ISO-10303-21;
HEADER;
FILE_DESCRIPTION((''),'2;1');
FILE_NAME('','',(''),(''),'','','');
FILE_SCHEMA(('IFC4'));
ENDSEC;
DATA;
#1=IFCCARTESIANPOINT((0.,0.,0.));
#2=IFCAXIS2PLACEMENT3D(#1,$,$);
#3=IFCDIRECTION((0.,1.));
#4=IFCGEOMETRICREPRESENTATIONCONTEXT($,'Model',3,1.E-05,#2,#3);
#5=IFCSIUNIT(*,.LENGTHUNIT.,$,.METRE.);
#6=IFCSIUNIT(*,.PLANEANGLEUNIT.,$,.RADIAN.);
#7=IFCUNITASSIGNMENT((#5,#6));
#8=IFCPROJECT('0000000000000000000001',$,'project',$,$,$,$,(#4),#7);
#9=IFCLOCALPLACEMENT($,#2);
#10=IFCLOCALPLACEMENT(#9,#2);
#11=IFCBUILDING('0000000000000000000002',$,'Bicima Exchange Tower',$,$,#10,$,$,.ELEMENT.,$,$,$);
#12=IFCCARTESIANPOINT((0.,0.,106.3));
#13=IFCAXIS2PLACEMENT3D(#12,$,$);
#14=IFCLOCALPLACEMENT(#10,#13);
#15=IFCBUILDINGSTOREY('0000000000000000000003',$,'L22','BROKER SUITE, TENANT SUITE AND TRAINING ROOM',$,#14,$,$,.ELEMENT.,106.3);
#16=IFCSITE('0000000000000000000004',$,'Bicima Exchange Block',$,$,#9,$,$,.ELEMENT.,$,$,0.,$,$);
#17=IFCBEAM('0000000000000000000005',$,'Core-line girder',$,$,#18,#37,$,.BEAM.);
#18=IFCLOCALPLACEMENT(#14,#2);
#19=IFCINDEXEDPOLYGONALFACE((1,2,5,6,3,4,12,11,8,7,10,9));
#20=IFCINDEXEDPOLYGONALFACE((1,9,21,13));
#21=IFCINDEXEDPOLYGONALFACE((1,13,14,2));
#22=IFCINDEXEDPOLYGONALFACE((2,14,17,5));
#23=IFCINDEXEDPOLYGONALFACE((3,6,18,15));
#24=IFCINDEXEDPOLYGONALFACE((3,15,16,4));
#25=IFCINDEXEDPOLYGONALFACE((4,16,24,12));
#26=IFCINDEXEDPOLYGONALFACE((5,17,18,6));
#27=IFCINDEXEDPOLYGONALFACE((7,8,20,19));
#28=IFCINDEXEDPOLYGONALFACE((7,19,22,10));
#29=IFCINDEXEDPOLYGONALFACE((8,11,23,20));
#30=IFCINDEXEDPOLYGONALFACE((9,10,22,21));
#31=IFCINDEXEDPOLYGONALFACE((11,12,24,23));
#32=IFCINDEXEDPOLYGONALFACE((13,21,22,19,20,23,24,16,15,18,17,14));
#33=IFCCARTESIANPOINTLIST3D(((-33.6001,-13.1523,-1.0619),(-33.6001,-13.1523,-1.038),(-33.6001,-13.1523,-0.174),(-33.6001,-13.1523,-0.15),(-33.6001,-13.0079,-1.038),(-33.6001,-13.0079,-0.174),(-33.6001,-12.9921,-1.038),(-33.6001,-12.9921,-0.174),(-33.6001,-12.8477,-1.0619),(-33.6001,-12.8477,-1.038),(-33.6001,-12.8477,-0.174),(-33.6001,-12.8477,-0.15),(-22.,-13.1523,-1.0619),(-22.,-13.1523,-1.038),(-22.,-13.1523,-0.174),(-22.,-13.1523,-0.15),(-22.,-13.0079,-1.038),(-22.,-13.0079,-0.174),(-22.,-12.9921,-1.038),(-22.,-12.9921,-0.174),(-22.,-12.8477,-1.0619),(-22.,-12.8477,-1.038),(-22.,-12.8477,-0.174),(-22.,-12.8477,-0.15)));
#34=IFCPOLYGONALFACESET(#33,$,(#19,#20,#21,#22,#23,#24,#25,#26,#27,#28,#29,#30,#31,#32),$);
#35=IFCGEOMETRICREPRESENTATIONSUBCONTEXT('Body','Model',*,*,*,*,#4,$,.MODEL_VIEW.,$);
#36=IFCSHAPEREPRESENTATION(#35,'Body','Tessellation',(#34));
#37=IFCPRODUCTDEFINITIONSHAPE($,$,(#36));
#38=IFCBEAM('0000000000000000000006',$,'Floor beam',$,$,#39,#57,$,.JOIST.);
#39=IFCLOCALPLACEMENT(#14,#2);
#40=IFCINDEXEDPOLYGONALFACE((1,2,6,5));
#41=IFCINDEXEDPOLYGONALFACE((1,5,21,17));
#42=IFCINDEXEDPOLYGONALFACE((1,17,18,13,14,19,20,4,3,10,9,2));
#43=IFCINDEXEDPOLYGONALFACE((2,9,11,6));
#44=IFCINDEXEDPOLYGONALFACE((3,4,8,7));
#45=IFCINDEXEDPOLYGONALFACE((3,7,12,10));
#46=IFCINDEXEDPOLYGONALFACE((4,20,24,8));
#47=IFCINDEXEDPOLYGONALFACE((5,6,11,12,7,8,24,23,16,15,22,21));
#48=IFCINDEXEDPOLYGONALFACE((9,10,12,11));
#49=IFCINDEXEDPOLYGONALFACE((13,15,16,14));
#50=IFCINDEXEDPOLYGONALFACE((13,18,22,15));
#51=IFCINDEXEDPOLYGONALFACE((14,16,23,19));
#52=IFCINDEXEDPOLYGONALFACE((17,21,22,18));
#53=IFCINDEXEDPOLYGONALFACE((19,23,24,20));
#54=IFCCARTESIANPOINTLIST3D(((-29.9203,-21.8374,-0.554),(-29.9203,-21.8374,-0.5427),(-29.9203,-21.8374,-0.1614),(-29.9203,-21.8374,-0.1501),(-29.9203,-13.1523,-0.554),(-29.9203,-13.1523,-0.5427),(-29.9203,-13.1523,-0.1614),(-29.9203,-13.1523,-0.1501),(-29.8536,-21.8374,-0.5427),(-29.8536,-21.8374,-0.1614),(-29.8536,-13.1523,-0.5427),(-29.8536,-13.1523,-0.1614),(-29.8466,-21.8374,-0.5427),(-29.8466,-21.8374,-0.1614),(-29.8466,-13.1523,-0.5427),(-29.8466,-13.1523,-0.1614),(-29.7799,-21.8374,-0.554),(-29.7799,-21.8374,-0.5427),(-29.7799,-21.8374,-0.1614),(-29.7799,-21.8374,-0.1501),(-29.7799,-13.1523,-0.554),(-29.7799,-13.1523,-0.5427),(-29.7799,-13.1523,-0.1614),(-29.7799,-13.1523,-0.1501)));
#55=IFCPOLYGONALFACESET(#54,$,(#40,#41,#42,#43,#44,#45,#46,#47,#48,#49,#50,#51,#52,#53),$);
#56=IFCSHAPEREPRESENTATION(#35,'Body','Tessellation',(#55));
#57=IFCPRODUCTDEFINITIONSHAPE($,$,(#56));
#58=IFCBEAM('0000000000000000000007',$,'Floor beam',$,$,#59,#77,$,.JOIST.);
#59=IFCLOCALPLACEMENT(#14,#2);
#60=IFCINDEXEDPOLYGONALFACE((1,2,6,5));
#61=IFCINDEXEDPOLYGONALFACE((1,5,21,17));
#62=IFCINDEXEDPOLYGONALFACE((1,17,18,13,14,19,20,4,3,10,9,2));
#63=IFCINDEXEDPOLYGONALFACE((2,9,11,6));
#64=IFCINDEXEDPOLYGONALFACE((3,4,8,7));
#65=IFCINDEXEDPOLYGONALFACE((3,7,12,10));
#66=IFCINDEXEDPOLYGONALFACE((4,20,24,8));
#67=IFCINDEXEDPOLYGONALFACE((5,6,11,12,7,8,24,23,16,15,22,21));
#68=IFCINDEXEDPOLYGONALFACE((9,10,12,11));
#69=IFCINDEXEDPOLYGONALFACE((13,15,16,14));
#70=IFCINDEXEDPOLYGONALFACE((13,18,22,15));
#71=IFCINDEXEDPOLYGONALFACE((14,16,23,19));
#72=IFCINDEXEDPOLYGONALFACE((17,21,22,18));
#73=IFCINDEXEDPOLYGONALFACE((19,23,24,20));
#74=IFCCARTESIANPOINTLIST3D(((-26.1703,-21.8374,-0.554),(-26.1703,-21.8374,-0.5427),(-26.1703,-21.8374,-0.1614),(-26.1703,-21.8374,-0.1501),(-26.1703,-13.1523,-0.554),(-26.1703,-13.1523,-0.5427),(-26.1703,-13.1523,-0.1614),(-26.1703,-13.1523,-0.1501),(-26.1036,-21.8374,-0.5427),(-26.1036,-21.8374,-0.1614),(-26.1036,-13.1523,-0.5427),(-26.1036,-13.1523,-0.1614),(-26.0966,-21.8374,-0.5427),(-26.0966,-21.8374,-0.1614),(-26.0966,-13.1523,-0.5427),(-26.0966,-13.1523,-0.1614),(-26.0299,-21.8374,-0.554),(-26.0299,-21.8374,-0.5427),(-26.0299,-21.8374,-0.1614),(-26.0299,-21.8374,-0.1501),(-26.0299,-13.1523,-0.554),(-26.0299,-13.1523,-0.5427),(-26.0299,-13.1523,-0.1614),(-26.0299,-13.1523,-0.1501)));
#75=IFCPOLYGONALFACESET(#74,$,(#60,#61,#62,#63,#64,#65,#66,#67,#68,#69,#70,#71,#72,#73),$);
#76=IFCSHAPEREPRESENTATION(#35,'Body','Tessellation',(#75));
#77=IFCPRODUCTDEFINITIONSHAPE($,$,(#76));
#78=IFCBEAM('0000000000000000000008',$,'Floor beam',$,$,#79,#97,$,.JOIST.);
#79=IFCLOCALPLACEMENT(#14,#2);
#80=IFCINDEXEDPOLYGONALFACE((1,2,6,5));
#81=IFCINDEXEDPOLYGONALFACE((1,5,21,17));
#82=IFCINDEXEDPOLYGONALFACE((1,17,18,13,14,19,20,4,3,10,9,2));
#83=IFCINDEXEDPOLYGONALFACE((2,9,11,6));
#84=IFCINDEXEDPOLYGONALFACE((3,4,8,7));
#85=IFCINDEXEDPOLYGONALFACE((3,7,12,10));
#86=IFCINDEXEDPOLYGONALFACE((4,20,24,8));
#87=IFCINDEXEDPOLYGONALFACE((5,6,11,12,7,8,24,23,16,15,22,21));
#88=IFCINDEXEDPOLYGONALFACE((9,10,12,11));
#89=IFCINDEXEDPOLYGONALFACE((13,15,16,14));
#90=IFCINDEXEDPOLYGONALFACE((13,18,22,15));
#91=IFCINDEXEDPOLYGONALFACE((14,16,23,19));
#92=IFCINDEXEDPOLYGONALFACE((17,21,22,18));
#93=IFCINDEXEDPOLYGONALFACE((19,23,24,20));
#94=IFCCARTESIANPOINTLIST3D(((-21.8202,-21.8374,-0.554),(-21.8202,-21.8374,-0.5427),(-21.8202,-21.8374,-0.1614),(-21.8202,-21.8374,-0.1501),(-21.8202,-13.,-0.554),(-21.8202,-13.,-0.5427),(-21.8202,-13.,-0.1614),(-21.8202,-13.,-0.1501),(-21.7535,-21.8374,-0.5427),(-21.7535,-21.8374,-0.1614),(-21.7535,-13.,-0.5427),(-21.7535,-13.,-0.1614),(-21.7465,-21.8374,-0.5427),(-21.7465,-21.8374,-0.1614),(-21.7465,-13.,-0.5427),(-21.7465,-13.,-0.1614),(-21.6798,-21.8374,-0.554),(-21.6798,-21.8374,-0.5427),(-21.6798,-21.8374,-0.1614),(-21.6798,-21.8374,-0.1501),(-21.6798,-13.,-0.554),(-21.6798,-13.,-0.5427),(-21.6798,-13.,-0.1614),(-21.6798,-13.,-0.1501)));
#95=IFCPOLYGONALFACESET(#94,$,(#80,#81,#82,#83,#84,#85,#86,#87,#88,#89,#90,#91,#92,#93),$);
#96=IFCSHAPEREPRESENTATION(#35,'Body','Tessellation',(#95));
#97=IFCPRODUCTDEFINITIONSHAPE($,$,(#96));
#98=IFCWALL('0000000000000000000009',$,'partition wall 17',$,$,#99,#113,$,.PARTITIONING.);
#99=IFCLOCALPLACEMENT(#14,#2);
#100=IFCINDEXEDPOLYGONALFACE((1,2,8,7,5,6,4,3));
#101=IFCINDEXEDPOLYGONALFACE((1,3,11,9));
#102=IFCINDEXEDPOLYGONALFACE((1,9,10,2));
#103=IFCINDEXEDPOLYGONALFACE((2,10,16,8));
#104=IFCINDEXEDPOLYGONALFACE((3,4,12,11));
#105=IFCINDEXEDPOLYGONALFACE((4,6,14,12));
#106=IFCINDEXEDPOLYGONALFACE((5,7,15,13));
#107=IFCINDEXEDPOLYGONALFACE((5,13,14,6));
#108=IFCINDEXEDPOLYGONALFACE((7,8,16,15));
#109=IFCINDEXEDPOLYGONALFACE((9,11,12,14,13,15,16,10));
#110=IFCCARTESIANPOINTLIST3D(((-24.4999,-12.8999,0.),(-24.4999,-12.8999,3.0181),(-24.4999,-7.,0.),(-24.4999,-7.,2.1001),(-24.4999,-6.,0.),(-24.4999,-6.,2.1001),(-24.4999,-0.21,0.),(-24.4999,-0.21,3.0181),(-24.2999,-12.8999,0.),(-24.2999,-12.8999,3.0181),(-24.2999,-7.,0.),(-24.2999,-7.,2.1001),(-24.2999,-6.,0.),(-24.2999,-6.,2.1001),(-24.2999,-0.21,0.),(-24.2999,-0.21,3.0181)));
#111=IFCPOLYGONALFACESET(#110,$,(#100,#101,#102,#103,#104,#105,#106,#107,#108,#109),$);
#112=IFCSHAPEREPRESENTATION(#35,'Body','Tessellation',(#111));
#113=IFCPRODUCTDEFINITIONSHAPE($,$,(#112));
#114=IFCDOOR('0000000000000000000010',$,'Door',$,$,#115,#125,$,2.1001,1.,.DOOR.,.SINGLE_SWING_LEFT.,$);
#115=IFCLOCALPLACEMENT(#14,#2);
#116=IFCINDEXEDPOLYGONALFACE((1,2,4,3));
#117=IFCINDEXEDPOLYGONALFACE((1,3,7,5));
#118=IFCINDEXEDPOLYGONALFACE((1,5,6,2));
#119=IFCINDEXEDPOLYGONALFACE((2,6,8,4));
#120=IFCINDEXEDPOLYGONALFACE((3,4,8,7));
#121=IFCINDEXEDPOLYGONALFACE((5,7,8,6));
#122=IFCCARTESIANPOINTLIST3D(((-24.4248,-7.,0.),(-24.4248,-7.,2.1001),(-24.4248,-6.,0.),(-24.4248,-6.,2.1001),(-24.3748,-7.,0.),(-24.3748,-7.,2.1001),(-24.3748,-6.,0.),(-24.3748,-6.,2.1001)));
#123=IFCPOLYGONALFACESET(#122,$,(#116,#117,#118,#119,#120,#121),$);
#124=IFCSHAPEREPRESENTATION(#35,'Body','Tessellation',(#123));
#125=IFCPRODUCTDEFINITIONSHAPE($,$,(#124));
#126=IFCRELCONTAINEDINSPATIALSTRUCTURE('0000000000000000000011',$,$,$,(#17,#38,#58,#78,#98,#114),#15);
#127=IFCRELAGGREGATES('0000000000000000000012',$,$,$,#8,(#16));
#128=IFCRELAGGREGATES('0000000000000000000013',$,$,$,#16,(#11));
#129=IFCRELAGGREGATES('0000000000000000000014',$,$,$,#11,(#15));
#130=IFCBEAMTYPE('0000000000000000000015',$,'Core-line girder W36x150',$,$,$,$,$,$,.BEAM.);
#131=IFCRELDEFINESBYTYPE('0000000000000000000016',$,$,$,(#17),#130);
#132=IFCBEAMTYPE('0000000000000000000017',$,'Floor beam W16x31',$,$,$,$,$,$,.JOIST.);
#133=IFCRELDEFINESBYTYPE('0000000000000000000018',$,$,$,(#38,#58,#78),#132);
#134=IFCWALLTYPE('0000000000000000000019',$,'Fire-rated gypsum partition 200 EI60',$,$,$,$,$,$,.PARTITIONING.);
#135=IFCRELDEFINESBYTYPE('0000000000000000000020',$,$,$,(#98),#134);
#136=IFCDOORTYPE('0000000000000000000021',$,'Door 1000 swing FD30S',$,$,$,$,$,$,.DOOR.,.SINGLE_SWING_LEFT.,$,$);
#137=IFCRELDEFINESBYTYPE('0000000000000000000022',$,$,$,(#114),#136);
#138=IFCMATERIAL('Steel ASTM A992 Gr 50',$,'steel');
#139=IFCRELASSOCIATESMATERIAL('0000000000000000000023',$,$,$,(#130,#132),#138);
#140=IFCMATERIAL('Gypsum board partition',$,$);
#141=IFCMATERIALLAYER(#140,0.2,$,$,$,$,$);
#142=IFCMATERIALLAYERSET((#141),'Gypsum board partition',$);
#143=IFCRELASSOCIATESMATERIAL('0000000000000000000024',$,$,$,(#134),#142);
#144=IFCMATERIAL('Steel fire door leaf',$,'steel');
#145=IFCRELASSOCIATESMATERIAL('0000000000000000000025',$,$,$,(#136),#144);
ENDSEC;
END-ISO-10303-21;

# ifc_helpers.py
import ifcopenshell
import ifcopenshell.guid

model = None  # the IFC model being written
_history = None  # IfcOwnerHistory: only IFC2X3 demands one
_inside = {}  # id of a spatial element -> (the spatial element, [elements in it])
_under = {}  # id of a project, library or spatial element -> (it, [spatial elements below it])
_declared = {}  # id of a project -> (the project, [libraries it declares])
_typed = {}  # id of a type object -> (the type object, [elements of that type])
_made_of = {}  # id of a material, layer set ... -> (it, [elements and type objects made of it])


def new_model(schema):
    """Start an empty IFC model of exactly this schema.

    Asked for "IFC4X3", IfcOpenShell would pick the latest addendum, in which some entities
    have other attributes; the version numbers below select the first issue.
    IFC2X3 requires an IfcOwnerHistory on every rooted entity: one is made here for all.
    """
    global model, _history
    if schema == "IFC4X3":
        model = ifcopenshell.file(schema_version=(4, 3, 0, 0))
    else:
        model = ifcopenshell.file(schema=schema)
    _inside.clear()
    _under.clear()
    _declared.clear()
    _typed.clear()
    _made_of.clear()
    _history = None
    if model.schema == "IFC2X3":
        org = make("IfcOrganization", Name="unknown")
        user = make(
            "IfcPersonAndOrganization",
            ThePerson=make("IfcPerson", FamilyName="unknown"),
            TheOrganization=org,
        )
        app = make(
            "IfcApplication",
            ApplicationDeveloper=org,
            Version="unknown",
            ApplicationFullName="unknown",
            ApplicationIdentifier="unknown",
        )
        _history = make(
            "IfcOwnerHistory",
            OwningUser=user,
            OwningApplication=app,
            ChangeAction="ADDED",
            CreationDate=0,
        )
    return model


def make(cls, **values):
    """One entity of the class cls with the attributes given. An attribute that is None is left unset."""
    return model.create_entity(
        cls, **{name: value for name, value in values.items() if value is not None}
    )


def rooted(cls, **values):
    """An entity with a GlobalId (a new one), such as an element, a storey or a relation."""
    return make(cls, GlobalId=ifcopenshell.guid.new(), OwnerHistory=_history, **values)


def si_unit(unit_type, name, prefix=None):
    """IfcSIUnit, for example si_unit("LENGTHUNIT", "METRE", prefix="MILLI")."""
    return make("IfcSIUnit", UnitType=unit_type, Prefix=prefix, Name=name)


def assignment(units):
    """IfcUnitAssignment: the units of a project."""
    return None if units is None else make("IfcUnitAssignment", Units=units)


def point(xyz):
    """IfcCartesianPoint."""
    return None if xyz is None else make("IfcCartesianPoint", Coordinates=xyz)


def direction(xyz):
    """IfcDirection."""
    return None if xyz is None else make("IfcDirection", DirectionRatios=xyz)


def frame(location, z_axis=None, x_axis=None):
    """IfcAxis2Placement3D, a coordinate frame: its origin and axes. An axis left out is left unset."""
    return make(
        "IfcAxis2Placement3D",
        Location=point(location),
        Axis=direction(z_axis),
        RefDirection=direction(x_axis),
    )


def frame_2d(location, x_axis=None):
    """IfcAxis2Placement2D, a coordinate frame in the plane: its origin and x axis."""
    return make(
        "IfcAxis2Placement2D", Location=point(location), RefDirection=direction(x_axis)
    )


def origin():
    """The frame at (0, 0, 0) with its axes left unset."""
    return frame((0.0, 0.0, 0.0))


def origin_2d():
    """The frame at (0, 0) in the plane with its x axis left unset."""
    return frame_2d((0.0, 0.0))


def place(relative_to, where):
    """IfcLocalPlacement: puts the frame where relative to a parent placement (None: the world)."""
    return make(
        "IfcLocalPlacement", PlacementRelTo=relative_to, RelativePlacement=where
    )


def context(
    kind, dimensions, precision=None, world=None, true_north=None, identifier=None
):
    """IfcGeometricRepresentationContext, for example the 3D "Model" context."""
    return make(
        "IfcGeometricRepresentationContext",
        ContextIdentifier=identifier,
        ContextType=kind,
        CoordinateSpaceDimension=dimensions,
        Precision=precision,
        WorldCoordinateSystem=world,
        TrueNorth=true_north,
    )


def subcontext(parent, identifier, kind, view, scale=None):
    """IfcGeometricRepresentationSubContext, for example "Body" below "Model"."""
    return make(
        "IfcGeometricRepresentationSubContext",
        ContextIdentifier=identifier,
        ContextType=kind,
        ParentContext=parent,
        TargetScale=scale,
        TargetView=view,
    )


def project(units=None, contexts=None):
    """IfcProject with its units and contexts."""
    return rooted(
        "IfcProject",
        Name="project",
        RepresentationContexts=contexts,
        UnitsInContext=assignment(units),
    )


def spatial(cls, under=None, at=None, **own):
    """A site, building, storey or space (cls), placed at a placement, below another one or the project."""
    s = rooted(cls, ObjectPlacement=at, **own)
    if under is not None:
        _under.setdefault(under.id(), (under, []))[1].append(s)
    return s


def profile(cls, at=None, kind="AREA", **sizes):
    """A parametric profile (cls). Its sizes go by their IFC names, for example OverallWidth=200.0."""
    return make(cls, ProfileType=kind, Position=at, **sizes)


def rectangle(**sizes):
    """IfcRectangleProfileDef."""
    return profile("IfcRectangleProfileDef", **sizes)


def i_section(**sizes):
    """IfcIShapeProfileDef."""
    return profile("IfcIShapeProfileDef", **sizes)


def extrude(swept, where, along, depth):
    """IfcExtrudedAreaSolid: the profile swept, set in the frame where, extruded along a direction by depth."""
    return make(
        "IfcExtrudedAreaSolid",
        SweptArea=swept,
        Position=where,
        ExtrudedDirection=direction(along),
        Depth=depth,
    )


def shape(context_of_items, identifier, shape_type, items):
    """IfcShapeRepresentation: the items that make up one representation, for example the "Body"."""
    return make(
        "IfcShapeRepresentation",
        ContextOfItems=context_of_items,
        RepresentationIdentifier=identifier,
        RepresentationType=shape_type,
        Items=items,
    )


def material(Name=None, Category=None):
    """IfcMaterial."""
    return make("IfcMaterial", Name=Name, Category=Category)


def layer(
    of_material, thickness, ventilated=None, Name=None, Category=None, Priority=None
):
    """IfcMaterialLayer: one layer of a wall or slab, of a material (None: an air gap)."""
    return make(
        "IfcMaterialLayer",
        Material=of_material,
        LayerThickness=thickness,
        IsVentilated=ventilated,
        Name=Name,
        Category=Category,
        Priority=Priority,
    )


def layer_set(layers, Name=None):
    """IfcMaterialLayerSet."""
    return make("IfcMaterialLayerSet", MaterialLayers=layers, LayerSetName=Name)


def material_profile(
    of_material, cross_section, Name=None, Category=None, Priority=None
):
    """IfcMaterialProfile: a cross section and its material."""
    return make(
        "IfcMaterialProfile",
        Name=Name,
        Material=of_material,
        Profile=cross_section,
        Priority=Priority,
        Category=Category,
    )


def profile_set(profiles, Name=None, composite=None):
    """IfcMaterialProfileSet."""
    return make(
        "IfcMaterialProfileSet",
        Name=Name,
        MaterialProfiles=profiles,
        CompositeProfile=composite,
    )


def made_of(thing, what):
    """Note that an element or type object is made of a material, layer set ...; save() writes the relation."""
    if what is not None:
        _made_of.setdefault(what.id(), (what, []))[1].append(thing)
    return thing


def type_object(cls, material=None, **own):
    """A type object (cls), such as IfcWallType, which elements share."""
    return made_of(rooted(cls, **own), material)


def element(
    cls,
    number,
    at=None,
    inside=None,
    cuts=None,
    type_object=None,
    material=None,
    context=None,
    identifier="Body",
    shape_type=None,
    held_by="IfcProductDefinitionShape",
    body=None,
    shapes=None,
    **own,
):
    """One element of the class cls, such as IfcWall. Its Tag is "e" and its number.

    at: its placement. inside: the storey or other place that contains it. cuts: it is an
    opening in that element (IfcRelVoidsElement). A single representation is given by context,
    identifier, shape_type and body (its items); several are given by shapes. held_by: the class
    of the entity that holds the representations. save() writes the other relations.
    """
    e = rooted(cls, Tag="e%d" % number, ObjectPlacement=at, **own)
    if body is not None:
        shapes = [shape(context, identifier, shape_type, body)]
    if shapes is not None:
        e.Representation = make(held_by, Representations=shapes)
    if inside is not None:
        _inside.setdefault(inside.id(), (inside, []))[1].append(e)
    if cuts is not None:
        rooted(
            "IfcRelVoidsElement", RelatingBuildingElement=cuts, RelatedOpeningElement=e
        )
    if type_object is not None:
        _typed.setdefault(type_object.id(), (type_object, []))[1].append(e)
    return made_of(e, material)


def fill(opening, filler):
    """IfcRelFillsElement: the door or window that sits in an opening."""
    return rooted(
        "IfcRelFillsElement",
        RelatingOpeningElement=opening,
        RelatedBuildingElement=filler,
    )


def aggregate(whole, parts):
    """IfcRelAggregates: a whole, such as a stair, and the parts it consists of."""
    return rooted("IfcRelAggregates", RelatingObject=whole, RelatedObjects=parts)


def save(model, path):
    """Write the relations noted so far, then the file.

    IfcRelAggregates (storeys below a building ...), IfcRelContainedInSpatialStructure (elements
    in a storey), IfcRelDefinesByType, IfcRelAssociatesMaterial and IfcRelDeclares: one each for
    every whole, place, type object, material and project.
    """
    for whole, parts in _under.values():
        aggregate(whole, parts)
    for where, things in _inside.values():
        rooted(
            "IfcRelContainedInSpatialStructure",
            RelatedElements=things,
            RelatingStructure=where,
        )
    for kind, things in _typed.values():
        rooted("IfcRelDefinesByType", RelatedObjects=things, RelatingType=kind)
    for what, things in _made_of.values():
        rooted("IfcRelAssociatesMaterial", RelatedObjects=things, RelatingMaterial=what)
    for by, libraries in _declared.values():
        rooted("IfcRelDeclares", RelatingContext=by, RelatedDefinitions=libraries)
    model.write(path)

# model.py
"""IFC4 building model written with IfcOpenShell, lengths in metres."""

from ifc_helpers import new_model, si_unit, direction, frame, frame_2d, origin, origin_2d, place, context, subcontext, project, spatial, rectangle, i_section, extrude, material, layer, layer_set, material_profile, profile_set, type_object, element, fill, save


model = new_model("IFC4")

# Units and contexts
model_context = context("Model", 3, precision=1e-05, world=origin(), true_north=direction((0.0, 1.0)))
body_context = subcontext(model_context, "Body", "Model", "MODEL_VIEW")
ifc_project = project(units=[si_unit("LENGTHUNIT", "METRE"), si_unit("PLANEANGLEUNIT", "RADIAN")], contexts=[model_context])

# Site, building, storey
site_placement = place(None, origin())
site = spatial("IfcSite", under=ifc_project, at=site_placement, Name="Bicima Exchange Block", CompositionType="ELEMENT", RefElevation=0.0)
building_placement = place(site_placement, origin())
building = spatial("IfcBuilding", under=site, at=building_placement, Name="Bicima Exchange Tower", CompositionType="ELEMENT")
storey_placement = place(building_placement, frame((0.0, 0.0, 106.3)))
storey = spatial("IfcBuildingStorey", under=building, at=storey_placement, Name="L22", Description="BROKER SUITE, TENANT SUITE AND TRAINING ROOM", CompositionType="ELEMENT", Elevation=106.3)

# Beams
ifc_material_1 = material(Name="Steel ASTM A992 Gr 50", Category="steel")
ifc_material_profile_1 = material_profile(ifc_material_1, i_section(OverallWidth=0.3047, OverallDepth=0.9119, WebThickness=0.0159, FlangeThickness=0.0239, at=origin_2d()))
ifc_profile_set_1 = profile_set([ifc_material_profile_1], Name="Steel ASTM A992 Gr 50")
beam_type_1 = type_object("IfcBeamType", Name="Core-line girder W36x150", PredefinedType="BEAM", material=ifc_profile_set_1)
beam_1_placement = place(storey_placement, frame((-22.0, -13.0, -0.606), z_axis=(-1.0, 0.0, 0.0), x_axis=(0.0, -1.0, 0.0)))
element("IfcBeam", 1, at=beam_1_placement, inside=storey, type_object=beam_type_1, Name="Core-line girder", PredefinedType="BEAM", context=body_context, shape_type="SweptSolid", body=[
    extrude(i_section(OverallWidth=0.3047, OverallDepth=0.9119, WebThickness=0.0159, FlangeThickness=0.0239, at=origin_2d()), origin(), (0.0, 0.0, 1.0), 11.6001),
])
ifc_material_profile_2 = material_profile(ifc_material_1, i_section(OverallWidth=0.1404, OverallDepth=0.4038, WebThickness=0.0071, FlangeThickness=0.0112, at=origin_2d()))
ifc_profile_set_2 = profile_set([ifc_material_profile_2], Name="Steel ASTM A992 Gr 50")
beam_type_2 = type_object("IfcBeamType", Name="Floor beam W16x31", PredefinedType="JOIST", material=ifc_profile_set_2)
for number, where, z_axis, x_axis, name in (
    (2, (-29.8501, -13.1523, -0.3521), (0.0, -1.0, 0.0), (1.0, 0.0, 0.0), "Floor beam"),
    (3, (-26.1001, -13.1523, -0.3521), (0.0, -1.0, 0.0), (1.0, 0.0, 0.0), "Floor beam"),
):
    element("IfcBeam", number, at=place(storey_placement, frame(where, z_axis=z_axis, x_axis=x_axis)), inside=storey, type_object=beam_type_2, Name=name, PredefinedType="JOIST", context=body_context, shape_type="SweptSolid", body=[
        extrude(i_section(OverallWidth=0.1404, OverallDepth=0.4038, WebThickness=0.0071, FlangeThickness=0.0112, at=origin_2d()), origin(), (0.0, 0.0, 1.0), 8.6851),
    ])
beam_2_placement = place(storey_placement, frame((-21.75, -13.0, -0.3521), z_axis=(0.0, -1.0, 0.0), x_axis=(1.0, 0.0, 0.0)))
element("IfcBeam", 4, at=beam_2_placement, inside=storey, type_object=beam_type_2, Name="Floor beam", PredefinedType="JOIST", context=body_context, shape_type="SweptSolid", body=[
    extrude(i_section(OverallWidth=0.1404, OverallDepth=0.4038, WebThickness=0.0071, FlangeThickness=0.0112, at=origin_2d()), origin(), (0.0, 0.0, 1.0), 8.8374),
])

# Wall, opening, door
ifc_material_2 = material(Name="Gypsum board partition")
ifc_layer_1 = layer(ifc_material_2, 0.2)
ifc_layer_set_1 = layer_set([ifc_layer_1], Name="Gypsum board partition")
wall_type_1 = type_object("IfcWallType", Name="Fire-rated gypsum partition 200 EI60", PredefinedType="PARTITIONING", material=ifc_layer_set_1)
wall_1_placement = place(storey_placement, frame((-24.3999, -12.8999, 0.0), z_axis=(0.0, 0.0, 1.0), x_axis=(0.0, 1.0, 0.0)))
wall_1 = element("IfcWall", 5, at=wall_1_placement, inside=storey, type_object=wall_type_1, Name="partition wall 17", PredefinedType="PARTITIONING", context=body_context, shape_type="SweptSolid", body=[
    extrude(rectangle(XDim=12.6899, YDim=0.2, at=frame_2d((6.345, 0.0))), origin(), (0.0, 0.0, 1.0), 3.0181),
])
opening_1_placement = place(wall_1_placement, frame((5.8999, 0.0, 0.0)))
opening_1 = element("IfcOpeningElement", 6, at=opening_1_placement, cuts=wall_1, PredefinedType="OPENING", context=body_context, shape_type="SweptSolid", body=[
    extrude(rectangle(XDim=1.0, YDim=2.1001, at=frame_2d((0.5, 1.05))), frame((0.0, 0.1118, 0.0), z_axis=(0.0, -1.0, 0.0), x_axis=(1.0, 0.0, 0.0)), (0.0, 0.0, 1.0), 0.2239),
])
ifc_material_3 = material(Name="Steel fire door leaf", Category="steel")
door_type_1 = type_object("IfcDoorType", Name="Door 1000 swing FD30S", OperationType="SINGLE_SWING_LEFT", PredefinedType="DOOR", material=ifc_material_3)
door_1_placement = place(opening_1_placement, origin())
door_1 = element("IfcDoor", 7, at=door_1_placement, inside=storey, type_object=door_type_1, Name="Door", OperationType="SINGLE_SWING_LEFT", OverallHeight=2.1001, OverallWidth=1.0, PredefinedType="DOOR", context=body_context, shape_type="SweptSolid", body=[
    extrude(rectangle(XDim=1.0, YDim=2.1001, at=frame_2d((0.5, 1.05))), frame((0.0, 0.0249, 0.0), z_axis=(0.0, -1.0, 0.0), x_axis=(1.0, 0.0, 0.0)), (0.0, 0.0, 1.0), 0.05),
])
fill(opening_1, door_1)

save(model, "model.ifc")
